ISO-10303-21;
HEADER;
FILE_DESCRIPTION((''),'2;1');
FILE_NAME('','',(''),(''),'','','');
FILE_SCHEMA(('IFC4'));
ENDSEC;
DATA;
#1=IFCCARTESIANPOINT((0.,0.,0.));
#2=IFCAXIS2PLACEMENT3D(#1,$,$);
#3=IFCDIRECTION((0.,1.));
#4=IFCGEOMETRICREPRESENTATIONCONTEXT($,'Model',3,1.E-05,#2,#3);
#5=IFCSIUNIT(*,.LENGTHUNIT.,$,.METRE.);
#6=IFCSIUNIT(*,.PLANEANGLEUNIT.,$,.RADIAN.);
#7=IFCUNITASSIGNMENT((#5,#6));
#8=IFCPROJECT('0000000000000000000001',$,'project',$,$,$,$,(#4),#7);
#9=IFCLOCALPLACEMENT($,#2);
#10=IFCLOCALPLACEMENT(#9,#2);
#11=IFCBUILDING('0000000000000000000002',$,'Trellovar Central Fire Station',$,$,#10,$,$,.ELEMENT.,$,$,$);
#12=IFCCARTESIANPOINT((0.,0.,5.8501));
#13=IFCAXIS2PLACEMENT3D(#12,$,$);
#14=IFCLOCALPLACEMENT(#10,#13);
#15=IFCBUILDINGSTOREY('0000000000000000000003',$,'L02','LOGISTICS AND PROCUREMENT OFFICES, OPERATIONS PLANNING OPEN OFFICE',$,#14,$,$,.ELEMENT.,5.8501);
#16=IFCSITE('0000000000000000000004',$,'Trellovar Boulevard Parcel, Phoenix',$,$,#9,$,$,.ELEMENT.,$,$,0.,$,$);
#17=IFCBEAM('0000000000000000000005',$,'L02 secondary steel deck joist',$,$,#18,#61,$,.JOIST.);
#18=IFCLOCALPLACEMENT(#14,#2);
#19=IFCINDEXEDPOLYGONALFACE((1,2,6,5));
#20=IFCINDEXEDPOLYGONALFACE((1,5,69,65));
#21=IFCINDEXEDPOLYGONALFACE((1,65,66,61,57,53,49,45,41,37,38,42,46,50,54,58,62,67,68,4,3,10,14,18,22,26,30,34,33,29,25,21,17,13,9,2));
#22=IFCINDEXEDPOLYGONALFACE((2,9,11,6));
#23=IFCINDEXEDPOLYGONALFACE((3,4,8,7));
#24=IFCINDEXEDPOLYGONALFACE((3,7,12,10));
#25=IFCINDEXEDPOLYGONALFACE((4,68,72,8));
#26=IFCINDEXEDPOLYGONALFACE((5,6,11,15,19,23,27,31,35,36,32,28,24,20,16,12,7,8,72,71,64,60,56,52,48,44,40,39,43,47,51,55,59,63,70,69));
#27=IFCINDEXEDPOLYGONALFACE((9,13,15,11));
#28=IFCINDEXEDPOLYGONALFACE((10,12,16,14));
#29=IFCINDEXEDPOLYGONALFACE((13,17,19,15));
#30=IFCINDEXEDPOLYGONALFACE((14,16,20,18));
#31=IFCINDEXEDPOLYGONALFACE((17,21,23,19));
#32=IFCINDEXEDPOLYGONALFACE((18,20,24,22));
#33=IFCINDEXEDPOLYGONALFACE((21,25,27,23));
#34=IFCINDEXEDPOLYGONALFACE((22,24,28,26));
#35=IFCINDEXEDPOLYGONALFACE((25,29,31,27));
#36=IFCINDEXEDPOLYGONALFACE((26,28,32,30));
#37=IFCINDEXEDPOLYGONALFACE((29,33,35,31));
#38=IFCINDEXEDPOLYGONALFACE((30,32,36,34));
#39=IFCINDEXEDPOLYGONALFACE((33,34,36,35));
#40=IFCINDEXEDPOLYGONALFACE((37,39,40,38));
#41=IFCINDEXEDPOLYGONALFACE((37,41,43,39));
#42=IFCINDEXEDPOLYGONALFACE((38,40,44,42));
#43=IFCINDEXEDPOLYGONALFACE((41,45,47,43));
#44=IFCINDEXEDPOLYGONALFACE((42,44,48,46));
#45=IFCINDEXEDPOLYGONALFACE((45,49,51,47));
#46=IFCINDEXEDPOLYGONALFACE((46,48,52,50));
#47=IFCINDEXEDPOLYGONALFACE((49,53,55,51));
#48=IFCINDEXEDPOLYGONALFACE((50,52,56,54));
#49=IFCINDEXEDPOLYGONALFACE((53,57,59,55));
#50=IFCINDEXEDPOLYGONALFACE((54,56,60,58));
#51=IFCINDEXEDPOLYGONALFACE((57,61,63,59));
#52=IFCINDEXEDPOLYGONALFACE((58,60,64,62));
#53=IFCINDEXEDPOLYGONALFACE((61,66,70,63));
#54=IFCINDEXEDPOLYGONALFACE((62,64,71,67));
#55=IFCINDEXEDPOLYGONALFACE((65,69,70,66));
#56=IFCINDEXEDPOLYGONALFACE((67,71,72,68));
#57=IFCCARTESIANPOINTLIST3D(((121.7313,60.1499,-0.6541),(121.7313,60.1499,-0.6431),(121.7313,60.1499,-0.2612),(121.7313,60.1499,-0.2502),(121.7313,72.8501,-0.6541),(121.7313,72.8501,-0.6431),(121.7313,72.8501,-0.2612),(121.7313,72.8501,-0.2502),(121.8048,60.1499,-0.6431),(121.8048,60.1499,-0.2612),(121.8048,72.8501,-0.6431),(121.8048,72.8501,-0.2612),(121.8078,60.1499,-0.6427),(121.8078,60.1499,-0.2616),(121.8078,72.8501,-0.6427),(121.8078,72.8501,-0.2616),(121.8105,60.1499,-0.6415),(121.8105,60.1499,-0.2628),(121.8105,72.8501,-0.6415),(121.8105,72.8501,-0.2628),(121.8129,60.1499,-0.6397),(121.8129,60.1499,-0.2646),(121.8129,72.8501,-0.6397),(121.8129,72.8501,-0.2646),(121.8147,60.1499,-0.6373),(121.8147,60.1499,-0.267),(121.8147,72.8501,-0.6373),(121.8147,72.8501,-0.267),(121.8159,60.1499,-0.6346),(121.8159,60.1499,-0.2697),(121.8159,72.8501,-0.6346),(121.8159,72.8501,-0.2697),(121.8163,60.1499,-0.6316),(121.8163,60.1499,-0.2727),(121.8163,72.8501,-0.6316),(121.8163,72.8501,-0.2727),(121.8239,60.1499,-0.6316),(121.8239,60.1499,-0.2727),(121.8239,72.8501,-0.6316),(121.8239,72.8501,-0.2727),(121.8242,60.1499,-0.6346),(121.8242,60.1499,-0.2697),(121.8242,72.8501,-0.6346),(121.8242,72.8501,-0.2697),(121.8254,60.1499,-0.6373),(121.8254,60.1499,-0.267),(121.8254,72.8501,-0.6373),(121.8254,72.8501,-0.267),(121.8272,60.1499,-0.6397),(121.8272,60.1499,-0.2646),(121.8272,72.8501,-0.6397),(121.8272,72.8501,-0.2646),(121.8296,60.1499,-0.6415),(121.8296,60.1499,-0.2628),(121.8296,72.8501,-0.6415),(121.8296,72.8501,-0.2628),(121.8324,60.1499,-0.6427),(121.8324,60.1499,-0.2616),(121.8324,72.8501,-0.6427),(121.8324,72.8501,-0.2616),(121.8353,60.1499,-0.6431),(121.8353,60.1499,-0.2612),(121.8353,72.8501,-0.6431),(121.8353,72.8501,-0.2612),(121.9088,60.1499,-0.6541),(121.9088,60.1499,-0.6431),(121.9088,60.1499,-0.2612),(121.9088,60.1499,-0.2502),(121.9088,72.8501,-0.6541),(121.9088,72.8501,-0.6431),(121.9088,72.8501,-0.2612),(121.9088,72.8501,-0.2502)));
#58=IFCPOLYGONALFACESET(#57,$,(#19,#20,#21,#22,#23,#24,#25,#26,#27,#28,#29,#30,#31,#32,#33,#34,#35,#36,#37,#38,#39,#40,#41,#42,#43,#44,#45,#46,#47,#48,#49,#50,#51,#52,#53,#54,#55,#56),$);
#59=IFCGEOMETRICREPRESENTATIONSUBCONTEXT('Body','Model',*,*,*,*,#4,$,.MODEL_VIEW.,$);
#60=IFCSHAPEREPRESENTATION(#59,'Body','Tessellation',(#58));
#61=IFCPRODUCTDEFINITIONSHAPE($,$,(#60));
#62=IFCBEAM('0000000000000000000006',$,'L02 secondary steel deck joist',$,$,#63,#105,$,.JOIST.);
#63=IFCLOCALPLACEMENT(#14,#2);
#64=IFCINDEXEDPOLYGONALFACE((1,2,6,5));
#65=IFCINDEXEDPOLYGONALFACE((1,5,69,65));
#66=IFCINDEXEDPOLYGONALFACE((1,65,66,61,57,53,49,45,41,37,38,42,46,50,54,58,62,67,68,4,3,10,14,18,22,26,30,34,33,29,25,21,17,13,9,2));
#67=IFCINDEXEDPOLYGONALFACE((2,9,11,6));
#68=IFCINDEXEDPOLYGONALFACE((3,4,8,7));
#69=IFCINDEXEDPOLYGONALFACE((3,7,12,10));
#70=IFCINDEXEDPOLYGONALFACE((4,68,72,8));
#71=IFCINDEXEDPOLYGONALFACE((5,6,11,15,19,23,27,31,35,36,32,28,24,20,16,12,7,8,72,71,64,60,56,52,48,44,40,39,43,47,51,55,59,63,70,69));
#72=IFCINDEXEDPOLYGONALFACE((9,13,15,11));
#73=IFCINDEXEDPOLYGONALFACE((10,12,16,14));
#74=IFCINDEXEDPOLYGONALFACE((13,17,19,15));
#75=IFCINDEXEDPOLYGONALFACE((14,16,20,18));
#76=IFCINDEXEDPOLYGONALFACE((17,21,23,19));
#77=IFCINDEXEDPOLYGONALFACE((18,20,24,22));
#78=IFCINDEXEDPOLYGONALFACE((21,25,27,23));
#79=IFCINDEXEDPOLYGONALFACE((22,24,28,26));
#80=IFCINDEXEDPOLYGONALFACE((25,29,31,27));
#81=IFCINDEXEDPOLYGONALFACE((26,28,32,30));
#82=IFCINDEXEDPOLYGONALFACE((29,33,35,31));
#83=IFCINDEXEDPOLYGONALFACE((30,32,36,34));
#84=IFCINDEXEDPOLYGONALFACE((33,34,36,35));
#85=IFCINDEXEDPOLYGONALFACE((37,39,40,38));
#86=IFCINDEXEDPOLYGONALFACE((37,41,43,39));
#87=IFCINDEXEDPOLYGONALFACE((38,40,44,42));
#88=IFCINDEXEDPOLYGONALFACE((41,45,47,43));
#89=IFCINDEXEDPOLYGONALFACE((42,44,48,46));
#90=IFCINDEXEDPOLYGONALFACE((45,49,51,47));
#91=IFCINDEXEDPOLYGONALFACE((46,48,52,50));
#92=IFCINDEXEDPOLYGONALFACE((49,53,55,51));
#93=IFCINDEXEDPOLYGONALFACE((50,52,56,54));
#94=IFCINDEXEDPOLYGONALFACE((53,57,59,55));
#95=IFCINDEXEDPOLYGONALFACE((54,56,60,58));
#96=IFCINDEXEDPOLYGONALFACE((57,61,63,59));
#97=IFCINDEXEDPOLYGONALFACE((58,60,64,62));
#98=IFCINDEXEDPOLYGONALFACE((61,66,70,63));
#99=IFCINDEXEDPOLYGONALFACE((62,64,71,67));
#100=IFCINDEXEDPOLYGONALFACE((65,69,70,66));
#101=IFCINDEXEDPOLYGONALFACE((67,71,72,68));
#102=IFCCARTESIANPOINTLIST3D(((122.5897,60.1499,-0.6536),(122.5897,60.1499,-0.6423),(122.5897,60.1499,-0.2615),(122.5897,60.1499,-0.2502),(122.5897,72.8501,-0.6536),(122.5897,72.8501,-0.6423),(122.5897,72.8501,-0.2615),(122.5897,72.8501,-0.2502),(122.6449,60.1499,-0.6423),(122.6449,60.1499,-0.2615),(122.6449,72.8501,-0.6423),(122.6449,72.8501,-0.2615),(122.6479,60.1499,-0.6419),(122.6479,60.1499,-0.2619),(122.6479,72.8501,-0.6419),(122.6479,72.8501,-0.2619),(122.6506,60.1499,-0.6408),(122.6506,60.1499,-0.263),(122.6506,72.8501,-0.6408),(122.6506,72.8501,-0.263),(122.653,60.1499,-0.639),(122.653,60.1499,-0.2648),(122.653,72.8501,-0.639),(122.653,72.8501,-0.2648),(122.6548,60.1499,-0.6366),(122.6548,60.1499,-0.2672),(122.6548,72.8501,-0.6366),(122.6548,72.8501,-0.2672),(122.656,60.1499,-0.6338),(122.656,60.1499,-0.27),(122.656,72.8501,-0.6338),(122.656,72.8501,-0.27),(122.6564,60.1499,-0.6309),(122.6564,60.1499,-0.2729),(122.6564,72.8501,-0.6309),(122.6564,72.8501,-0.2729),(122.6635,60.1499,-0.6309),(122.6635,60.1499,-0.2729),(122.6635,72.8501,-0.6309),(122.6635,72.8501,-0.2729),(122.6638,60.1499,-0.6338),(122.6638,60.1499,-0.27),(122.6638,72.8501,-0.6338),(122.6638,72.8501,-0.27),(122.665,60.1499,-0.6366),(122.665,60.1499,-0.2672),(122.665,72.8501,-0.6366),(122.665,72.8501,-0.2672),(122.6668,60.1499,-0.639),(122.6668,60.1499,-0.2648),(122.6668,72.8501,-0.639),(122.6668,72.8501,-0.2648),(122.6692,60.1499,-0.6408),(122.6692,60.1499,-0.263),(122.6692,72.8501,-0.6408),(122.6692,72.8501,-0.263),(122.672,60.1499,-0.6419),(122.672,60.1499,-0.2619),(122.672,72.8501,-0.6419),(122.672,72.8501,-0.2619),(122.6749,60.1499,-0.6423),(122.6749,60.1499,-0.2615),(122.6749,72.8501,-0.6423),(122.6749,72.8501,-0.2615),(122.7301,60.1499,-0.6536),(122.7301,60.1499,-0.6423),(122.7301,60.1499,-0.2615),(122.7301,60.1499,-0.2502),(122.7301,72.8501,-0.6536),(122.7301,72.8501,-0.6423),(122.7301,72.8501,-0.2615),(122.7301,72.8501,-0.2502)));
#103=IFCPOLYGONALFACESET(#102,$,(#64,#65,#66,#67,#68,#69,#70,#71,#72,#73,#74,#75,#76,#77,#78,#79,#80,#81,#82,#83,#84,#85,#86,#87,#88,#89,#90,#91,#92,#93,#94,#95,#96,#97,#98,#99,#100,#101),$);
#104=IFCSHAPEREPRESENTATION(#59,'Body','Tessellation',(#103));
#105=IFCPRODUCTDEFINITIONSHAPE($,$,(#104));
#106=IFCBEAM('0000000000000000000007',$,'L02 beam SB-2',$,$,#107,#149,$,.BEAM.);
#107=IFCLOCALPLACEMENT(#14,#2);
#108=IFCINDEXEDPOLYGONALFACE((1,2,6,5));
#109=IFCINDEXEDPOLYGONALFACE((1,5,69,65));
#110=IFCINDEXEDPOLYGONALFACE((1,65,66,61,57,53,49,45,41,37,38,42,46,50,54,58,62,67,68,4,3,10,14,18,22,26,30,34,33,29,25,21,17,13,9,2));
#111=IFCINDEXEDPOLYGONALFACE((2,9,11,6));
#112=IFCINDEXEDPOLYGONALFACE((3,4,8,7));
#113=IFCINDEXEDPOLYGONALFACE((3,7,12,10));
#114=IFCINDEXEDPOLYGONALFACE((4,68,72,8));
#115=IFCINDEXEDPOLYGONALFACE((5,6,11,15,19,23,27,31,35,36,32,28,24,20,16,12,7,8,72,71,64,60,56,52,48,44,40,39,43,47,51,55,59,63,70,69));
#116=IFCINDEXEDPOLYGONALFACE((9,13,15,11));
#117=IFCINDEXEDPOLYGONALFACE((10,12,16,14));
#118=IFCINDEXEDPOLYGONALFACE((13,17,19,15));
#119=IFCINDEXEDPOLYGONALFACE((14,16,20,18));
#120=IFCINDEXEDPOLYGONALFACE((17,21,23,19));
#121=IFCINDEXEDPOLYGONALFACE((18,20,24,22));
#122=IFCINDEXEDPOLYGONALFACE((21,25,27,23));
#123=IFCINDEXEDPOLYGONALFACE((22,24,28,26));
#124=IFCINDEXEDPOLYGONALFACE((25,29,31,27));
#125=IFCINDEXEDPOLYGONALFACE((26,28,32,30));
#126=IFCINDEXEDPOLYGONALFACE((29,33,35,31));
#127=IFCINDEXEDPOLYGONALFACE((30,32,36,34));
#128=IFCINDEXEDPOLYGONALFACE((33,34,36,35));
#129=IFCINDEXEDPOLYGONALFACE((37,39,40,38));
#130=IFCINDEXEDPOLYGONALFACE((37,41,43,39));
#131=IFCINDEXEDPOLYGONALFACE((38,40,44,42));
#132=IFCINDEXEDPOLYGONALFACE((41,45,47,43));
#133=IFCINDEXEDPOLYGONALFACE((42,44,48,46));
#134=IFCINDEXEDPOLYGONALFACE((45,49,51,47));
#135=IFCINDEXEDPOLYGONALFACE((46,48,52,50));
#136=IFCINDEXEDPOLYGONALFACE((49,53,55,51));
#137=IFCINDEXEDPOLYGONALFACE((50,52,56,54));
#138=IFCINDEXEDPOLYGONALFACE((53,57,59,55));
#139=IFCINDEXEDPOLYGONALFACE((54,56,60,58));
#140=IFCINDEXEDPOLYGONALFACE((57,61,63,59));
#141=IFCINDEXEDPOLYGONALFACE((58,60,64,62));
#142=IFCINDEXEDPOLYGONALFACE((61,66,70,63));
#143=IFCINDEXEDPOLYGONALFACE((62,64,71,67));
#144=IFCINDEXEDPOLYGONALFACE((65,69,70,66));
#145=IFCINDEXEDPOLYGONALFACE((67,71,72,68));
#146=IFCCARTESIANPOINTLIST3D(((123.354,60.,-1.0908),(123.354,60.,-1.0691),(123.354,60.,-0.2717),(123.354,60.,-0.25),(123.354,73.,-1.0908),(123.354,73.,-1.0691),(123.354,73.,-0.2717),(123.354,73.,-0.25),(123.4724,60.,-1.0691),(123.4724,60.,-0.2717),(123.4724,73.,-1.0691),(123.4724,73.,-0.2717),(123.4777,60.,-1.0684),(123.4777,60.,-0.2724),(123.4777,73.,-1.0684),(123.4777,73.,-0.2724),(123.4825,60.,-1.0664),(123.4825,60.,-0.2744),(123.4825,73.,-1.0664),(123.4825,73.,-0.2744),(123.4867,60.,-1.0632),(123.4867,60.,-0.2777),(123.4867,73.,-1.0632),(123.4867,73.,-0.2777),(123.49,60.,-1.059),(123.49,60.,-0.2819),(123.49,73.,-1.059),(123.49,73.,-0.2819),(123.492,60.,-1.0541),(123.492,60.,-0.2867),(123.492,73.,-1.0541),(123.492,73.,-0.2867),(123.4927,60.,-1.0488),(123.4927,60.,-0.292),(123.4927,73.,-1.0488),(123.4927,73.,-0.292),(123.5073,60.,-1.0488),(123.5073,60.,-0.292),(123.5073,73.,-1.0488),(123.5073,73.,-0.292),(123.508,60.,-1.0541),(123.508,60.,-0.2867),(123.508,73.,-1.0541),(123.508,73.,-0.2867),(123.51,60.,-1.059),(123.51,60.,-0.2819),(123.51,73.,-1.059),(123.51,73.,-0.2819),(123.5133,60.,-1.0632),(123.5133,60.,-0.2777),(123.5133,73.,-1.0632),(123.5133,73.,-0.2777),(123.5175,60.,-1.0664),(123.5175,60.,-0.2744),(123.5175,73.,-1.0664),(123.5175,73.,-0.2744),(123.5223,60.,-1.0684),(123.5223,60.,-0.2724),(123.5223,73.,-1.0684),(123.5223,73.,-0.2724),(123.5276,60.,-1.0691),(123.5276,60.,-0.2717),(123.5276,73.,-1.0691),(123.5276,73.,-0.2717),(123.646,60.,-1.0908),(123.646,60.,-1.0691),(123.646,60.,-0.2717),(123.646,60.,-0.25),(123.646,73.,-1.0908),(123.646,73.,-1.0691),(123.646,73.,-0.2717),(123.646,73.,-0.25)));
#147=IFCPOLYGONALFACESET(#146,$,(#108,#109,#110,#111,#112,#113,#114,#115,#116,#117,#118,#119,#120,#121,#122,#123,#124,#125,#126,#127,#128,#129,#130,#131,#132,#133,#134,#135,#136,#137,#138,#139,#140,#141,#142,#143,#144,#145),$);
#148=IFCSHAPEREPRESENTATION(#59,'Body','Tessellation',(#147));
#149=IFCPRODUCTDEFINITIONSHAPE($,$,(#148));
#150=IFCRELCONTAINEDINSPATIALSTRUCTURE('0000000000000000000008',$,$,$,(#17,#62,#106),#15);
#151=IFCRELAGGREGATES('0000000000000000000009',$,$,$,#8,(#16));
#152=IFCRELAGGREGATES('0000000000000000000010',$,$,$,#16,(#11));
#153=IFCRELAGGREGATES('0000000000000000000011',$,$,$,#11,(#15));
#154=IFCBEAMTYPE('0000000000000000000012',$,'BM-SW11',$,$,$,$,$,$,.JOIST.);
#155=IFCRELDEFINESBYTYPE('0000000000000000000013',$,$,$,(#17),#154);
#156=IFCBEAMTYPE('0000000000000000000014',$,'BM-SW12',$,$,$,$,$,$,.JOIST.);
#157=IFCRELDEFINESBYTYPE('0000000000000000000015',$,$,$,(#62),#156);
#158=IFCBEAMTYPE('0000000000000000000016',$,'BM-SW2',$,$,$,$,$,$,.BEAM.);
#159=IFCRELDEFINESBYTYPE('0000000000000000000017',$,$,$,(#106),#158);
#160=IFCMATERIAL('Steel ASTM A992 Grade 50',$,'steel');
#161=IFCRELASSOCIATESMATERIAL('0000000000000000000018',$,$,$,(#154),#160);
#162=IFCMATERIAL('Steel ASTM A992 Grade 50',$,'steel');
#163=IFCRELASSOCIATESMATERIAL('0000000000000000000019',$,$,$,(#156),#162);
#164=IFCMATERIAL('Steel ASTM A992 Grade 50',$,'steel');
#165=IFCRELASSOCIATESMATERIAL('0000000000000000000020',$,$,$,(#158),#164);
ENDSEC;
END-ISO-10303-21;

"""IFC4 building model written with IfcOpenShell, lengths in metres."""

from ifc_helpers import new_model, si_unit, direction, frame, origin, origin_2d, place, context, subcontext, project, spatial, i_section, extrude, material, material_profile, profile_set, type_object, element, save


model = new_model("IFC4")

# Units and contexts
model_context = context("Model", 3, precision=1e-05, world=origin(), true_north=direction((0.0, 1.0)))
body_context = subcontext(model_context, "Body", "Model", "MODEL_VIEW")
ifc_project = project(units=[si_unit("LENGTHUNIT", "METRE"), si_unit("PLANEANGLEUNIT", "RADIAN")], contexts=[model_context])

# Site, building, storey
site_placement = place(None, origin())
site = spatial("IfcSite", under=ifc_project, at=site_placement, Name="Trellovar Boulevard Parcel, Phoenix", CompositionType="ELEMENT", RefElevation=0.0)
building_placement = place(site_placement, origin())
building = spatial("IfcBuilding", under=site, at=building_placement, Name="Trellovar Central Fire Station", CompositionType="ELEMENT")
storey_placement = place(building_placement, frame((0.0, 0.0, 5.8501)))
storey = spatial("IfcBuildingStorey", under=building, at=storey_placement, Name="L02", Description="LOGISTICS AND PROCUREMENT OFFICES, OPERATIONS PLANNING OPEN OFFICE", CompositionType="ELEMENT", Elevation=5.8501)

# Beams
ifc_material_1 = material(Name="Steel ASTM A992 Grade 50", Category="steel")
ifc_material_profile_1 = material_profile(ifc_material_1, i_section(OverallWidth=0.1775, OverallDepth=0.4038, WebThickness=0.0076, FlangeThickness=0.011, FilletRadius=0.0115, at=origin_2d()), Name="W16X36")
ifc_profile_set_1 = profile_set([ifc_material_profile_1], Name="Steel ASTM A992 Grade 50")
beam_type_1 = type_object("IfcBeamType", Name="BM-SW11", PredefinedType="JOIST", material=ifc_profile_set_1)
beam_1_placement = place(storey_placement, frame((121.8201, 60.1499, -0.4521), z_axis=(0.0, 1.0, 0.0), x_axis=(-1.0, 0.0, 0.0)))
element("IfcBeam", 1, at=beam_1_placement, inside=storey, type_object=beam_type_1, Name="L02 secondary steel deck joist", PredefinedType="JOIST", context=body_context, shape_type="SweptSolid", body=[
    extrude(i_section(OverallWidth=0.1775, OverallDepth=0.4038, WebThickness=0.0076, FlangeThickness=0.011, FilletRadius=0.0115, at=origin_2d()), origin(), (0.0, 0.0, 1.0), 12.7002),
])
ifc_material_2 = material(Name="Steel ASTM A992 Grade 50", Category="steel")
ifc_material_profile_2 = material_profile(ifc_material_2, i_section(OverallWidth=0.1404, OverallDepth=0.4033, WebThickness=0.0071, FlangeThickness=0.0112, FilletRadius=0.0115, at=origin_2d()), Name="W16X31")
ifc_profile_set_2 = profile_set([ifc_material_profile_2], Name="Steel ASTM A992 Grade 50")
beam_type_2 = type_object("IfcBeamType", Name="BM-SW12", PredefinedType="JOIST", material=ifc_profile_set_2)
beam_2_placement = place(storey_placement, frame((122.6599, 60.1499, -0.4519), z_axis=(0.0, 1.0, 0.0), x_axis=(-1.0, 0.0, 0.0)))
element("IfcBeam", 2, at=beam_2_placement, inside=storey, type_object=beam_type_2, Name="L02 secondary steel deck joist", PredefinedType="JOIST", context=body_context, shape_type="SweptSolid", body=[
    extrude(i_section(OverallWidth=0.1404, OverallDepth=0.4033, WebThickness=0.0071, FlangeThickness=0.0112, FilletRadius=0.0115, at=origin_2d()), origin(), (0.0, 0.0, 1.0), 12.7002),
])
ifc_material_3 = material(Name="Steel ASTM A992 Grade 50", Category="steel")
ifc_material_profile_3 = material_profile(ifc_material_3, i_section(OverallWidth=0.292, OverallDepth=0.8408, WebThickness=0.0146, FlangeThickness=0.0217, FilletRadius=0.0203, at=origin_2d()), Name="W33X130")
ifc_profile_set_3 = profile_set([ifc_material_profile_3], Name="Steel ASTM A992 Grade 50")
beam_type_3 = type_object("IfcBeamType", Name="BM-SW2", PredefinedType="BEAM", material=ifc_profile_set_3)
beam_3_placement = place(storey_placement, frame((123.5, 60.0, -0.6704), z_axis=(0.0, 1.0, 0.0), x_axis=(-1.0, 0.0, 0.0)))
element("IfcBeam", 3, at=beam_3_placement, inside=storey, type_object=beam_type_3, Name="L02 beam SB-2", PredefinedType="BEAM", context=body_context, shape_type="SweptSolid", body=[
    extrude(i_section(OverallWidth=0.292, OverallDepth=0.8408, WebThickness=0.0146, FlangeThickness=0.0217, FilletRadius=0.0203, at=origin_2d()), origin(), (0.0, 0.0, 1.0), 13.0),
])

save(model, "model.ifc")
